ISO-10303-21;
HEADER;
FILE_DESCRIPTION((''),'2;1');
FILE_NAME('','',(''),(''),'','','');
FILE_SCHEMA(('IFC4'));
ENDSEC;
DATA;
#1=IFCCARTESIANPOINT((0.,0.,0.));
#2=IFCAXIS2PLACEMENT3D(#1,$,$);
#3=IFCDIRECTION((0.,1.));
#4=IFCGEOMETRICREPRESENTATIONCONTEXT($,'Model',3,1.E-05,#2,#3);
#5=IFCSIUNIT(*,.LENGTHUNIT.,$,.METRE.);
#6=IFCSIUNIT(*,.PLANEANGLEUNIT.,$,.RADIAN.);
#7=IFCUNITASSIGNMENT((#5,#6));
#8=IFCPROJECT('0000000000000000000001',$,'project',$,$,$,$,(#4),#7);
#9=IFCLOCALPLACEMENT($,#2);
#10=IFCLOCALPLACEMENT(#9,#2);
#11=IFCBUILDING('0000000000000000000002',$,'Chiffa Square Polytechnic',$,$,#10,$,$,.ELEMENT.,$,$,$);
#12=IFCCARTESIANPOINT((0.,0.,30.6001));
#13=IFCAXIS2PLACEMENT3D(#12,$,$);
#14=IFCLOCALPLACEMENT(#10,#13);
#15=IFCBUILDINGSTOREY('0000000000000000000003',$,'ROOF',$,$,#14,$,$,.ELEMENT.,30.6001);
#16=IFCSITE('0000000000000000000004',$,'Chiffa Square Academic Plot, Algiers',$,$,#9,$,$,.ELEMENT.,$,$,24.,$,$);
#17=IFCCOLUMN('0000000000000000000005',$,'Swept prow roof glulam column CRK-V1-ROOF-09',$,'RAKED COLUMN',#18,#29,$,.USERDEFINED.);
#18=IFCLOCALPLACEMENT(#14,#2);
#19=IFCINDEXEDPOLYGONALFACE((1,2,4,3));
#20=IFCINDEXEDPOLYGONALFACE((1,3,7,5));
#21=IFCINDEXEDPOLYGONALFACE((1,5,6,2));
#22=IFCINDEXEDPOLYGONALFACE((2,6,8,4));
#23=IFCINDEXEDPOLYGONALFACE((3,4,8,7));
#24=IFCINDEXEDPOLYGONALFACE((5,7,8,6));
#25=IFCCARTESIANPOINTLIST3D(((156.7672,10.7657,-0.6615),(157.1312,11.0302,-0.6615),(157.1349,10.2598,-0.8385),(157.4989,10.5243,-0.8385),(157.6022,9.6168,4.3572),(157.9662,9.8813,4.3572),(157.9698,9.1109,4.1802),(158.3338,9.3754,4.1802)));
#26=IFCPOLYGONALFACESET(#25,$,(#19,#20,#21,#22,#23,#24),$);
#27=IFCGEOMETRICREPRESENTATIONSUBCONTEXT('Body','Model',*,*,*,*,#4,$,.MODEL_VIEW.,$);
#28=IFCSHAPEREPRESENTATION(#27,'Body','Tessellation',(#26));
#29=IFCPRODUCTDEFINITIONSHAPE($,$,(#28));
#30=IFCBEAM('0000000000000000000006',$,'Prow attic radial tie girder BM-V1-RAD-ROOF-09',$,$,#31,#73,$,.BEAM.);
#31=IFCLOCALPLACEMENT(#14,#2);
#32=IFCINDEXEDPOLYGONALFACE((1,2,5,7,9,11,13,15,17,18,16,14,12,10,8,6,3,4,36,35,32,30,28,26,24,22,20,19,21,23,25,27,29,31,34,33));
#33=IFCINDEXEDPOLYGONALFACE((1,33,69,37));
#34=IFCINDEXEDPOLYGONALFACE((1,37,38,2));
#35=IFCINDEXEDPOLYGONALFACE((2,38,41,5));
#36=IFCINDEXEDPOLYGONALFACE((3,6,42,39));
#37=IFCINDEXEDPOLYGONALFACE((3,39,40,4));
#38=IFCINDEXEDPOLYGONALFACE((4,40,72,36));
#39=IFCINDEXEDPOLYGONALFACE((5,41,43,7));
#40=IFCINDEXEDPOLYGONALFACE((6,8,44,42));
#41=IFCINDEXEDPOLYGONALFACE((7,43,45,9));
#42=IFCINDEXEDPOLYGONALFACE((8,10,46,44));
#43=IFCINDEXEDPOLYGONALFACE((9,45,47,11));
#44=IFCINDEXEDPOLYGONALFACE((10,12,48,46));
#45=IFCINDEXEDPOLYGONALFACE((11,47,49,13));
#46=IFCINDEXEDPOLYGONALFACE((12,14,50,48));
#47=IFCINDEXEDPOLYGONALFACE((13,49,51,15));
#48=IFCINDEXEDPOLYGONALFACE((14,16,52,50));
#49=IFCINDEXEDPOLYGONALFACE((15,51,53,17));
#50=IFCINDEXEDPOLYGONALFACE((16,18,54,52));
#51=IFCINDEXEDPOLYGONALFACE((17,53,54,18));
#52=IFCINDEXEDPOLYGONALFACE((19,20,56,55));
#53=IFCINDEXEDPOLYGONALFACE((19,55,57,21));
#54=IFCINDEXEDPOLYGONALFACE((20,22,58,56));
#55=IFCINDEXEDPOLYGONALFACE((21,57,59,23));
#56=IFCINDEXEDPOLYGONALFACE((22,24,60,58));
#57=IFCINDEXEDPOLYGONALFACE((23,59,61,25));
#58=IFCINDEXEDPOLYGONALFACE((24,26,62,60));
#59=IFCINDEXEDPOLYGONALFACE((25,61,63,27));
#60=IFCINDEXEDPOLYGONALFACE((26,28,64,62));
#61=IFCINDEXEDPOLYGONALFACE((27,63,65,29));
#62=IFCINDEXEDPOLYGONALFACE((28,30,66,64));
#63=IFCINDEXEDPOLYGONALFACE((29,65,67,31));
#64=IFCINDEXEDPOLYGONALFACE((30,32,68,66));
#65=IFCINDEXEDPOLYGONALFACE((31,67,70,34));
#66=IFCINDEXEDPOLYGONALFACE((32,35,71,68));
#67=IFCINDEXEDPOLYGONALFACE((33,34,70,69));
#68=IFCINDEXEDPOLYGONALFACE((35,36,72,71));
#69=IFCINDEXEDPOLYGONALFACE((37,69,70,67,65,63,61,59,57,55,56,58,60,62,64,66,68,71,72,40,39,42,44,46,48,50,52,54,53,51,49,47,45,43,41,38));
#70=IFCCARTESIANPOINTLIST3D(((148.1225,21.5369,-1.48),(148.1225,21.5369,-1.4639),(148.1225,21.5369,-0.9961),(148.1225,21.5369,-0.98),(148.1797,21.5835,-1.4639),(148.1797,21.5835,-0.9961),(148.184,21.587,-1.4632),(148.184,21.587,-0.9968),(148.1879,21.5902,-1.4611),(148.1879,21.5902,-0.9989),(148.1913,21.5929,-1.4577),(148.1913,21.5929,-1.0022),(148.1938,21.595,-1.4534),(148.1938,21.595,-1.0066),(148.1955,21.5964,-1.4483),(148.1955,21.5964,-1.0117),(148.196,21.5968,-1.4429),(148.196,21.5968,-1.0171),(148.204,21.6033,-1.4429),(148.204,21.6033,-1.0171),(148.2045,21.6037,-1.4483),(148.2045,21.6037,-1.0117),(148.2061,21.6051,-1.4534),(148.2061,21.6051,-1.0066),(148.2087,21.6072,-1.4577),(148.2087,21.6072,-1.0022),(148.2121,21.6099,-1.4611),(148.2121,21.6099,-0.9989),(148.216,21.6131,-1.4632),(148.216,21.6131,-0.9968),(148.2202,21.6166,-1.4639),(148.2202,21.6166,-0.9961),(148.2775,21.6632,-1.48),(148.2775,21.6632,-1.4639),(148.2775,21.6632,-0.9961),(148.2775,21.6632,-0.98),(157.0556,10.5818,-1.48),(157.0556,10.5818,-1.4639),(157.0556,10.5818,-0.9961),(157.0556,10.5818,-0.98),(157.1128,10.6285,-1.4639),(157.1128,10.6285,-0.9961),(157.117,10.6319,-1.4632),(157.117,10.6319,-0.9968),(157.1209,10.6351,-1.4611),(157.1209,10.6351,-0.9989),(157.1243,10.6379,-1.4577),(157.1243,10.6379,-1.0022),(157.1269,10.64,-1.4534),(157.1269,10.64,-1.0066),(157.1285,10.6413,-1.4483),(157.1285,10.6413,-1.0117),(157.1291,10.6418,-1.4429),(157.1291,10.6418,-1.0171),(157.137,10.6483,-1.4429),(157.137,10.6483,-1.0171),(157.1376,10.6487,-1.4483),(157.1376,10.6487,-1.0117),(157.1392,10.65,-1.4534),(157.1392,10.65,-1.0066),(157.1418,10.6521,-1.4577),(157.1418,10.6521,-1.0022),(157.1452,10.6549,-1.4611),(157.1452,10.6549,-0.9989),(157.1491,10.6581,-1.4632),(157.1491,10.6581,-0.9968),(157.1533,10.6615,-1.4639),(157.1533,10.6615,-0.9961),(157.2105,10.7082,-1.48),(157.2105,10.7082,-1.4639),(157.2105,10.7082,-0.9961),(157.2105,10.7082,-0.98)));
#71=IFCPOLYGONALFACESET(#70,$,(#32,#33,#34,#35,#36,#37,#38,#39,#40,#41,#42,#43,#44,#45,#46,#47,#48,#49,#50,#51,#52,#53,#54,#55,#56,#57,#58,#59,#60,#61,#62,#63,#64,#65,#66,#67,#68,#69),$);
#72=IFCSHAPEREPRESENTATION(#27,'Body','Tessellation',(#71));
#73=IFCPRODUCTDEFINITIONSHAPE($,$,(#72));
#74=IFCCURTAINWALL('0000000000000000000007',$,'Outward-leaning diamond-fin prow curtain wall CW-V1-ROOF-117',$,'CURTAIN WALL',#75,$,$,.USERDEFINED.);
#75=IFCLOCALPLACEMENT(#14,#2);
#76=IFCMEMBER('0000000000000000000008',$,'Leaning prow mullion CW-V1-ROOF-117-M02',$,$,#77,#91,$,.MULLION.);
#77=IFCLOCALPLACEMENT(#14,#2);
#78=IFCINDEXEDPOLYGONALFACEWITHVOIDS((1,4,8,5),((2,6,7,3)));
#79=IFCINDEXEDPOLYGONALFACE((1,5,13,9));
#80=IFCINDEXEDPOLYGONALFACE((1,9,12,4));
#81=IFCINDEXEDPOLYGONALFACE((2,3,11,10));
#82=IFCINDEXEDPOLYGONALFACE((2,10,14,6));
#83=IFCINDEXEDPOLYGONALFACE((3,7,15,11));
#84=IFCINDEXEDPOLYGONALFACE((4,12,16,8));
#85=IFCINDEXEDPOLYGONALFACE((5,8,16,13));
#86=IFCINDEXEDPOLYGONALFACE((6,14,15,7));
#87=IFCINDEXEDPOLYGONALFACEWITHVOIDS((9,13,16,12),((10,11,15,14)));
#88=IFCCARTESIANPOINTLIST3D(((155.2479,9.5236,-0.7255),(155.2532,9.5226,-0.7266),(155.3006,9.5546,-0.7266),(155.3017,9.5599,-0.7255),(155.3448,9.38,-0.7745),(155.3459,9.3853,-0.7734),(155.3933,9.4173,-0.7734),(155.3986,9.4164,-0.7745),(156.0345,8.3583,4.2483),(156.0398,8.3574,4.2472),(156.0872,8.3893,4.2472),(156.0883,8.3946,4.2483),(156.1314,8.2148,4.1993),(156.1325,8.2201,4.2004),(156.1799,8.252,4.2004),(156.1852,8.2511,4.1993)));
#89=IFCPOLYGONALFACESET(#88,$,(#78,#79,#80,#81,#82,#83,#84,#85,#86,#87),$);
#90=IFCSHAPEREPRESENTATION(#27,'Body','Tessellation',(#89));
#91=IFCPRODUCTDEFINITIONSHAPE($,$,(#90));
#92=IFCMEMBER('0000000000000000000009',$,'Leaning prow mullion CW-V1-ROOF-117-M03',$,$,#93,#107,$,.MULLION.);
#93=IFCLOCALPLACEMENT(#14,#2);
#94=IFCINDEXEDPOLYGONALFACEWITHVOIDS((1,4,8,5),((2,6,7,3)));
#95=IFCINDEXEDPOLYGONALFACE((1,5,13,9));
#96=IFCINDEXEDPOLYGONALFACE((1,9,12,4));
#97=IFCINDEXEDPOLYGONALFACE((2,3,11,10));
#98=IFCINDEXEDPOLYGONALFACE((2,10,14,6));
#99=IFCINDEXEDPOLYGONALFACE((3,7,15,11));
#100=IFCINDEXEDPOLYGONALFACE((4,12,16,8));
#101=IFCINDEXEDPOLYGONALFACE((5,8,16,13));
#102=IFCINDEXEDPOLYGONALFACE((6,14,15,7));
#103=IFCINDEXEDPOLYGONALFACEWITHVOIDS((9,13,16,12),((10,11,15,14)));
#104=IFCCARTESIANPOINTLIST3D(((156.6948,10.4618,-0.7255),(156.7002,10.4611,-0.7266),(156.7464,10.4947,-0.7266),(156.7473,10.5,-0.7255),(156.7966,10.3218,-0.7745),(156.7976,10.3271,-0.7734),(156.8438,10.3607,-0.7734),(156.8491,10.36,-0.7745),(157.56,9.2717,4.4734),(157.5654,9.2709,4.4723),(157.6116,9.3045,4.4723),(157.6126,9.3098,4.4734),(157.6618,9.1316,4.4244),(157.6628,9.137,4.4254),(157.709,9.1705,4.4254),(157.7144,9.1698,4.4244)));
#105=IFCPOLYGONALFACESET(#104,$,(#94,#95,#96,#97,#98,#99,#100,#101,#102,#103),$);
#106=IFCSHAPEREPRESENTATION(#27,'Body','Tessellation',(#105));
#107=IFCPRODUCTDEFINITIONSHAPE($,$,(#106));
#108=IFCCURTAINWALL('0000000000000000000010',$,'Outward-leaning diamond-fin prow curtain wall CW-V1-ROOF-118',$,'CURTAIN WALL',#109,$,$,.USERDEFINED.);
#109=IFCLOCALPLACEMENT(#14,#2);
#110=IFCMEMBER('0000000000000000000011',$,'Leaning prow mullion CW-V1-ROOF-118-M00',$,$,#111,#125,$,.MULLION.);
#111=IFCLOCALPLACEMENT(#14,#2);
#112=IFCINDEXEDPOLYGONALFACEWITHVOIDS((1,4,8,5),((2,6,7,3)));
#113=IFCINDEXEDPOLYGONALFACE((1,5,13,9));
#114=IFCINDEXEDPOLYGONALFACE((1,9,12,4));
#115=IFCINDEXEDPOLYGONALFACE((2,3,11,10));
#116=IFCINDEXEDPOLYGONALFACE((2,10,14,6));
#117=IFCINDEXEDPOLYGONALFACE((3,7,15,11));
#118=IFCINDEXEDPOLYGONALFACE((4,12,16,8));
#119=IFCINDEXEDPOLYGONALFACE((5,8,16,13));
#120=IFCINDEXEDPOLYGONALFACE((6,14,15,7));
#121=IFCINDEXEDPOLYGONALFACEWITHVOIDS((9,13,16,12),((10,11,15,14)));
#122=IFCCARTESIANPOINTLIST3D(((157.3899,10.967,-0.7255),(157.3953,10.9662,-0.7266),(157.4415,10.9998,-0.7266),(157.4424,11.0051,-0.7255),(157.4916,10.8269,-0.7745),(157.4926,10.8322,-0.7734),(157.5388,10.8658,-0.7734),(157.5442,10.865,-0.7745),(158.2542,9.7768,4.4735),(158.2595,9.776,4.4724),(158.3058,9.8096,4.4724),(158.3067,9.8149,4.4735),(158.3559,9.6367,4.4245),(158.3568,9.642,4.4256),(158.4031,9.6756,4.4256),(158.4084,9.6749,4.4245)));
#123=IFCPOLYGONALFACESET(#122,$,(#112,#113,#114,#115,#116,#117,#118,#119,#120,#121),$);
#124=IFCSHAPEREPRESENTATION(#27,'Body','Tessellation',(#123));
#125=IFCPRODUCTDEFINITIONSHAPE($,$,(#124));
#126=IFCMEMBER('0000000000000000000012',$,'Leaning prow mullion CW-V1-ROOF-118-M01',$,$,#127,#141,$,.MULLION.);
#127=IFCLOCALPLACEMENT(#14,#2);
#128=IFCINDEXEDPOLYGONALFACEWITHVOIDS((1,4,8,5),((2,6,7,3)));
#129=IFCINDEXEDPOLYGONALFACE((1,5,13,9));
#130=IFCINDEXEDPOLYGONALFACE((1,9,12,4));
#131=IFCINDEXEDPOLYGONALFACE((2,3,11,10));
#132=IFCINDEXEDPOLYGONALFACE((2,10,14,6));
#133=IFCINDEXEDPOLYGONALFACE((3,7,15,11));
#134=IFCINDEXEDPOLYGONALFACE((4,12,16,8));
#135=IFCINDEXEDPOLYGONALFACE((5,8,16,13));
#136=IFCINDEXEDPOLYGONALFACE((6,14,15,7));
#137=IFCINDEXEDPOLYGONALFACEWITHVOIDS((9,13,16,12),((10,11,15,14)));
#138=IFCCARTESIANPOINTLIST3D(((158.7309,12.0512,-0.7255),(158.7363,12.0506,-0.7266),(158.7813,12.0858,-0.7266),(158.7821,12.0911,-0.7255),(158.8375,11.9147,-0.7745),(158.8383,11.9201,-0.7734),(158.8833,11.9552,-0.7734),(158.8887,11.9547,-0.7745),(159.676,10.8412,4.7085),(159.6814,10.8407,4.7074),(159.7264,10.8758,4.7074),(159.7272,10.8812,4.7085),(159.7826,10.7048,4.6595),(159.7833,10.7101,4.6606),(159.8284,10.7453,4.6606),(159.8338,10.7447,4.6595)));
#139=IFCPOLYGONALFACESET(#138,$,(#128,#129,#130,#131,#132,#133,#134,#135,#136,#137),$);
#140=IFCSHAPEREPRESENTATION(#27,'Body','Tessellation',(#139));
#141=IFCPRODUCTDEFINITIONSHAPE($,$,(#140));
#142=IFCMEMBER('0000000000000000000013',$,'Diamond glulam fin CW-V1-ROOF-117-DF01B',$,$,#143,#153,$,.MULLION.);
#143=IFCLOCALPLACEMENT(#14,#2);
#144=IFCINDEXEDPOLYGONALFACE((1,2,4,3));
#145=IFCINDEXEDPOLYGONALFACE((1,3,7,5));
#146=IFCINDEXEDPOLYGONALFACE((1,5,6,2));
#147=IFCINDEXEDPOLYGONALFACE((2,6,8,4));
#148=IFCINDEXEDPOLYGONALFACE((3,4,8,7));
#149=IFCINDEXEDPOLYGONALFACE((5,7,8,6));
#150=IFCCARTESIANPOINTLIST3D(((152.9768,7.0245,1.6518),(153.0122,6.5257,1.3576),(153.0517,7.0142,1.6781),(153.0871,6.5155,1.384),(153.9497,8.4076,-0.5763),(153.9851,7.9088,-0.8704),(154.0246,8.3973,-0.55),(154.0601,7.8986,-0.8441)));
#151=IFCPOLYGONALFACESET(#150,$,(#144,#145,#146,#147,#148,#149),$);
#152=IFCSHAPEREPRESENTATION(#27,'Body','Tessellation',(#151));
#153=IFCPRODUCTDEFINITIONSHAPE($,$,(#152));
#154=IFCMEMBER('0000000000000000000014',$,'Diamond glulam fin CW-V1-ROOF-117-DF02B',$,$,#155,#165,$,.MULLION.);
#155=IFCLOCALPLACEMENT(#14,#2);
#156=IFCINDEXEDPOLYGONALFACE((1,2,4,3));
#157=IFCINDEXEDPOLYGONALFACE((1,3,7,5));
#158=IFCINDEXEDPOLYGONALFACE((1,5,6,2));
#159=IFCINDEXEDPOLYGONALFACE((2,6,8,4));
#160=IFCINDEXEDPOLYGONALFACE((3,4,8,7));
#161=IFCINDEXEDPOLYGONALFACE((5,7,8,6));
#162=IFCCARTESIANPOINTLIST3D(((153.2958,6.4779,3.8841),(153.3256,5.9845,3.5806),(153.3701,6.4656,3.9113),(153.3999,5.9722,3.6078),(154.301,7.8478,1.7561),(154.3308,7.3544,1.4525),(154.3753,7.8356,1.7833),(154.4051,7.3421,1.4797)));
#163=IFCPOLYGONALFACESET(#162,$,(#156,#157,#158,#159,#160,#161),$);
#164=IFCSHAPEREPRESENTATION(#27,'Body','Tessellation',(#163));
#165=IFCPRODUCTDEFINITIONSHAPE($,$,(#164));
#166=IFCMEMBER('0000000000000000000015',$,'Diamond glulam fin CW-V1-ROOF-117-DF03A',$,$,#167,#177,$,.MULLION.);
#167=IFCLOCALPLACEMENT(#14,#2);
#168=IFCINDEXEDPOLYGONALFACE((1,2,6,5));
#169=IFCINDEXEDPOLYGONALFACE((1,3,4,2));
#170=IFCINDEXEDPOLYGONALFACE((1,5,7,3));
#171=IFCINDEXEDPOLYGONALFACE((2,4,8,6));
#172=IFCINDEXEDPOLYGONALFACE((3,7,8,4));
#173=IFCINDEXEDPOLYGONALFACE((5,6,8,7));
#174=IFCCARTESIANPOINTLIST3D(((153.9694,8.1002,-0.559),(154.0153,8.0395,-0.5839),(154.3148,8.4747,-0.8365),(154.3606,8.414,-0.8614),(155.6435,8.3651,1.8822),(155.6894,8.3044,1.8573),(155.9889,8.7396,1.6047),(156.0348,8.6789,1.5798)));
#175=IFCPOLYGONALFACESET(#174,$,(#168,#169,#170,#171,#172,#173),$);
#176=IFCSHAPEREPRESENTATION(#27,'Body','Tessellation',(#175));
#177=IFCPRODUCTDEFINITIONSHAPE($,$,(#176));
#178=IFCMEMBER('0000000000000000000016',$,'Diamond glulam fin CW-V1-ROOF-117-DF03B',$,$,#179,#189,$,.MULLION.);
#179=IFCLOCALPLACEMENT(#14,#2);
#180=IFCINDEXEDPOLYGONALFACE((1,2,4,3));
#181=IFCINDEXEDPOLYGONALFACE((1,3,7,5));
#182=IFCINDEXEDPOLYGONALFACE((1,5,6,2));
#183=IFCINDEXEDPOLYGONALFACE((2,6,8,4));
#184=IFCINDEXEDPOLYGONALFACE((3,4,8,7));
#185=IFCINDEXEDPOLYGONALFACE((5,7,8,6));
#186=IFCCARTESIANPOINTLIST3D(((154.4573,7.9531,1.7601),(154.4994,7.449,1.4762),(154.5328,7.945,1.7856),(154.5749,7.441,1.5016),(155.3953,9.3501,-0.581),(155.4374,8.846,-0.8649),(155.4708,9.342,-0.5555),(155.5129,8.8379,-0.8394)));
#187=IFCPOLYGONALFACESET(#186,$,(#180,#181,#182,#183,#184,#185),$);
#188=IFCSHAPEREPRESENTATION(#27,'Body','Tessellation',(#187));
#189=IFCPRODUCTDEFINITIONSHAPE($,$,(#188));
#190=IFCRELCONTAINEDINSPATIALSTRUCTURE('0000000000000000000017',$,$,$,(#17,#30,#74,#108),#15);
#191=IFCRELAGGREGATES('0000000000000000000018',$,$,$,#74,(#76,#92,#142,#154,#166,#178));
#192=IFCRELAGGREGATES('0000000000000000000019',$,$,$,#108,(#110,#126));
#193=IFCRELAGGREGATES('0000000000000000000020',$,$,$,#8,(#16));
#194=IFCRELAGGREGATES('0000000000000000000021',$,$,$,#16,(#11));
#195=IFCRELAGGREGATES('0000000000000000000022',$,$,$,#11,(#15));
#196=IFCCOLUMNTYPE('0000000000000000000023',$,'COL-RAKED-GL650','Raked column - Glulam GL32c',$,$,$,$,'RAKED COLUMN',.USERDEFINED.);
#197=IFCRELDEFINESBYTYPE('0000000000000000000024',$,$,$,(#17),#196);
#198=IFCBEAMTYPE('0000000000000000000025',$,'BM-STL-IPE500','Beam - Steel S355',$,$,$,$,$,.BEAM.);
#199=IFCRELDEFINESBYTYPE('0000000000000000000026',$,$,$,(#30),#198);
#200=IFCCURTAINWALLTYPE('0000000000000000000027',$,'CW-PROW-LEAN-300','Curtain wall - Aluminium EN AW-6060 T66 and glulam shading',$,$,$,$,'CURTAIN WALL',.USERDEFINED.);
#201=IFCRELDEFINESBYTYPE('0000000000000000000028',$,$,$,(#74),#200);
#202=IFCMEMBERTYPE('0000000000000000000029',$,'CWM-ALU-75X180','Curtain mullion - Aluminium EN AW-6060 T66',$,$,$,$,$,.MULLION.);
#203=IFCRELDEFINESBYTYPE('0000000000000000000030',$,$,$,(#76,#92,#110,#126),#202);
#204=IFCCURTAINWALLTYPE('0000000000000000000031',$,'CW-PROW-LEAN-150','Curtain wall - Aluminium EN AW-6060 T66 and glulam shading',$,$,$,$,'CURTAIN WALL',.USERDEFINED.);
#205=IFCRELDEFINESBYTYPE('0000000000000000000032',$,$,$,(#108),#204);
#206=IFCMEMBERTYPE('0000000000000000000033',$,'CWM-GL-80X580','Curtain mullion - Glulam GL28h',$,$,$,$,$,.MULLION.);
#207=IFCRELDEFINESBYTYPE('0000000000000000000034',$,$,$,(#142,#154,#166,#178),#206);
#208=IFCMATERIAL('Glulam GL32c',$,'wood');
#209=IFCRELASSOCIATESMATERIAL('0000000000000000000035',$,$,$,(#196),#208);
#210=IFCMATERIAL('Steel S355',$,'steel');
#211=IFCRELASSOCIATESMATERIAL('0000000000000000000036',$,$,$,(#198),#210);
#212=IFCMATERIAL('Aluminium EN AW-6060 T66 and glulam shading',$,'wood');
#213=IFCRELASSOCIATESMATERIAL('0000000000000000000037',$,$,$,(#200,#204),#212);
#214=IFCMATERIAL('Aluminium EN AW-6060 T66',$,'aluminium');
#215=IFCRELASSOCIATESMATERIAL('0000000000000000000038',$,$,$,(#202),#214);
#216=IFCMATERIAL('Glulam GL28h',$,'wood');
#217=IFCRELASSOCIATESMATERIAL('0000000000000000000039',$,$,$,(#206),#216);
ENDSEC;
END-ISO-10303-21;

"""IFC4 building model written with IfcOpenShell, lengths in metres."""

from ifc_helpers import new_model, si_unit, direction, frame, origin, origin_2d, place, context, subcontext, project, spatial, rectangle, hollow_rectangle, i_section, extrude, material, material_profile, profile_set, type_object, element, aggregate, save


model = new_model("IFC4")

# Units and contexts
model_context = context("Model", 3, precision=1e-05, world=origin(), true_north=direction((0.0, 1.0)))
body_context = subcontext(model_context, "Body", "Model", "MODEL_VIEW")
ifc_project = project(units=[si_unit("LENGTHUNIT", "METRE"), si_unit("PLANEANGLEUNIT", "RADIAN")], contexts=[model_context])

# Site, building, storey
site_placement = place(None, origin())
site = spatial("IfcSite", under=ifc_project, at=site_placement, Name="Chiffa Square Academic Plot, Algiers", CompositionType="ELEMENT", RefElevation=24.0)
building_placement = place(site_placement, origin())
building = spatial("IfcBuilding", under=site, at=building_placement, Name="Chiffa Square Polytechnic", CompositionType="ELEMENT")
storey_placement = place(building_placement, frame((0.0, 0.0, 30.6001)))
storey = spatial("IfcBuildingStorey", under=building, at=storey_placement, Name="ROOF", CompositionType="ELEMENT", Elevation=30.6001)

# Column
ifc_material_1 = material(Name="Glulam GL32c", Category="wood")
ifc_material_profile_1 = material_profile(ifc_material_1, rectangle(XDim=0.45, YDim=0.6499, at=origin_2d()), Name="GL32c 450x650")
ifc_profile_set_1 = profile_set([ifc_material_profile_1], Name="Glulam GL32c")
column_type = type_object("IfcColumnType", Name="COL-RAKED-GL650", Description="Raked column - Glulam GL32c", ElementType="RAKED COLUMN", PredefinedType="USERDEFINED", material=ifc_profile_set_1)
column_placement = place(storey_placement, frame((157.1331, 10.645, -0.75), z_axis=(0.16008, -0.220274, 0.962213), x_axis=(0.808944, 0.587885, 0.0)))
element("IfcColumn", 1, at=column_placement, inside=storey, type_object=column_type, Name="Swept prow roof glulam column CRK-V1-ROOF-09", ObjectType="RAKED COLUMN", PredefinedType="USERDEFINED", context=body_context, shape_type="SweptSolid", body=[
    extrude(rectangle(XDim=0.45, YDim=0.6499, at=origin_2d()), origin(), (0.0, 0.0, 1.0), 5.2158),
])

# Beam
ifc_material_2 = material(Name="Steel S355", Category="steel")
ifc_material_profile_2 = material_profile(ifc_material_2, i_section(OverallWidth=0.2, OverallDepth=0.5, WebThickness=0.0103, FlangeThickness=0.0161, FilletRadius=0.021, at=origin_2d()), Name="IPE 500")
ifc_profile_set_2 = profile_set([ifc_material_profile_2], Name="Steel S355")
beam_type_1 = type_object("IfcBeamType", Name="BM-STL-IPE500", Description="Beam - Steel S355", PredefinedType="BEAM", material=ifc_profile_set_2)
beam_1_placement = place(storey_placement, frame((157.1331, 10.645, -1.23), z_axis=(-0.63196, 0.775001, 0.0), x_axis=(-0.775001, -0.63196, 0.0)))
element("IfcBeam", 2, at=beam_1_placement, inside=storey, type_object=beam_type_1, Name="Prow attic radial tie girder BM-V1-RAD-ROOF-09", PredefinedType="BEAM", context=body_context, shape_type="SweptSolid", body=[
    extrude(i_section(OverallWidth=0.2, OverallDepth=0.5, WebThickness=0.0103, FlangeThickness=0.0161, FilletRadius=0.021, at=origin_2d()), origin(), (0.0, 0.0, 1.0), 14.1355),
])

# Curtain walls, members
ifc_material_3 = material(Name="Aluminium EN AW-6060 T66 and glulam shading", Category="wood")
curtain_wall_type_1 = type_object("IfcCurtainWallType", Name="CW-PROW-LEAN-300", Description="Curtain wall - Aluminium EN AW-6060 T66 and glulam shading", ElementType="CURTAIN WALL", PredefinedType="USERDEFINED", material=ifc_material_3)
curtain_wall_1_placement = place(storey_placement, origin())
curtain_wall_1 = element("IfcCurtainWall", 3, at=curtain_wall_1_placement, inside=storey, type_object=curtain_wall_type_1, Name="Outward-leaning diamond-fin prow curtain wall CW-V1-ROOF-117", ObjectType="CURTAIN WALL", PredefinedType="USERDEFINED")
ifc_material_4 = material(Name="Aluminium EN AW-6060 T66", Category="aluminium")
ifc_material_profile_3 = material_profile(ifc_material_4, hollow_rectangle(XDim=0.0649, YDim=0.1799, WallThickness=0.0039, at=origin_2d()), Name="ALU 65x180x4")
ifc_profile_set_3 = profile_set([ifc_material_profile_3], Name="Aluminium EN AW-6060 T66")
member_type_1 = type_object("IfcMemberType", Name="CWM-ALU-75X180", Description="Curtain mullion - Aluminium EN AW-6060 T66", PredefinedType="MULLION", material=ifc_profile_set_3)
member_1_placement = place(storey_placement, frame((155.3232, 9.47, -0.75), z_axis=(0.152187, -0.225447, 0.962295), x_axis=(0.828831, 0.5595, 0.0)))
member_1 = element("IfcMember", 4, at=member_1_placement, type_object=member_type_1, Name="Leaning prow mullion CW-V1-ROOF-117-M02", PredefinedType="MULLION", context=body_context, shape_type="SweptSolid", body=[
    extrude(hollow_rectangle(XDim=0.0649, YDim=0.1799, WallThickness=0.0039, at=origin_2d()), origin(), (0.0, 0.0, 1.0), 5.1687),
])
member_2_placement = place(storey_placement, frame((156.772, 10.4109, -0.75), z_axis=(0.160134, -0.220274, 0.962204), x_axis=(0.808851, 0.588014, 0.0)))
member_2 = element("IfcMember", 5, at=member_2_placement, type_object=member_type_1, Name="Leaning prow mullion CW-V1-ROOF-117-M03", PredefinedType="MULLION", context=body_context, shape_type="SweptSolid", body=[
    extrude(hollow_rectangle(XDim=0.0649, YDim=0.1799, WallThickness=0.0039, at=origin_2d()), origin(), (0.0, 0.0, 1.0), 5.4031),
])
curtain_wall_type_2 = type_object("IfcCurtainWallType", Name="CW-PROW-LEAN-150", Description="Curtain wall - Aluminium EN AW-6060 T66 and glulam shading", ElementType="CURTAIN WALL", PredefinedType="USERDEFINED", material=ifc_material_3)
curtain_wall_2_placement = place(storey_placement, origin())
curtain_wall_2 = element("IfcCurtainWall", 6, at=curtain_wall_2_placement, inside=storey, type_object=curtain_wall_type_2, Name="Outward-leaning diamond-fin prow curtain wall CW-V1-ROOF-118", ObjectType="CURTAIN WALL", PredefinedType="USERDEFINED")
member_3_placement = place(storey_placement, frame((157.467, 10.916, -0.75), z_axis=(0.159958, -0.220281, 0.962232), x_axis=(0.809167, 0.587579, 0.0)))
member_3 = element("IfcMember", 7, at=member_3_placement, type_object=member_type_1, Name="Leaning prow mullion CW-V1-ROOF-118-M00", PredefinedType="MULLION", context=body_context, shape_type="SweptSolid", body=[
    extrude(hollow_rectangle(XDim=0.0649, YDim=0.1799, WallThickness=0.0039, at=origin_2d()), origin(), (0.0, 0.0, 1.0), 5.4031),
])
member_4_placement = place(storey_placement, frame((158.8098, 12.0029, -0.75), z_axis=(0.167363, -0.214274, 0.962329), x_axis=(0.788092, 0.615558, 0.0)))
member_4 = element("IfcMember", 8, at=member_4_placement, type_object=member_type_1, Name="Leaning prow mullion CW-V1-ROOF-118-M01", PredefinedType="MULLION", context=body_context, shape_type="SweptSolid", body=[
    extrude(hollow_rectangle(XDim=0.0649, YDim=0.1799, WallThickness=0.0039, at=origin_2d()), origin(), (0.0, 0.0, 1.0), 5.6467),
])

# Members
ifc_material_5 = material(Name="Glulam GL28h", Category="wood")
ifc_material_profile_4 = material_profile(ifc_material_5, rectangle(XDim=0.0801, YDim=0.5801, at=origin_2d()), Name="GL28h 80x580")
ifc_profile_set_4 = profile_set([ifc_material_profile_4], Name="Glulam GL28h")
member_type_2 = type_object("IfcMemberType", Name="CWM-GL-80X580", Description="Curtain mullion - Glulam GL28h", PredefinedType="MULLION", material=ifc_profile_set_4)
member_5_placement = place(storey_placement, frame((154.0049, 8.1531, -0.7102), z_axis=(-0.347831, -0.49447, 0.796563), x_axis=(0.935564, -0.127689, 0.329264)))
member_5 = element("IfcMember", 9, at=member_5_placement, type_object=member_type_2, Name="Diamond glulam fin CW-V1-ROOF-117-DF01B", PredefinedType="MULLION", context=body_context, shape_type="SweptSolid", body=[
    extrude(rectangle(XDim=0.0801, YDim=0.5801, at=origin_2d()), origin(), (0.0, 0.0, 1.0), 2.7971),
])
member_6_placement = place(storey_placement, frame((154.353, 7.595, 1.6179), z_axis=(-0.36912, -0.503069, 0.781455), x_axis=(0.927959, -0.152988, 0.339834)))
member_6 = element("IfcMember", 10, at=member_6_placement, type_object=member_type_2, Name="Diamond glulam fin CW-V1-ROOF-117-DF02B", PredefinedType="MULLION", context=body_context, shape_type="SweptSolid", body=[
    extrude(rectangle(XDim=0.0801, YDim=0.5801, at=origin_2d()), origin(), (0.0, 0.0, 1.0), 2.7231),
])
member_7_placement = place(storey_placement, frame((154.165, 8.2571, -0.7102), z_axis=(0.563308, 0.089134, 0.821425), x_axis=(-0.572957, 0.758444, 0.310616)))
member_7 = element("IfcMember", 11, at=member_7_placement, type_object=member_type_2, Name="Diamond glulam fin CW-V1-ROOF-117-DF03A", PredefinedType="MULLION", context=body_context, shape_type="SweptSolid", body=[
    extrude(rectangle(XDim=0.0801, YDim=0.5801, at=origin_2d()), origin(), (0.0, 0.0, 1.0), 2.9719),
])
member_8_placement = place(storey_placement, frame((155.4541, 9.094, -0.7102), z_axis=(-0.325347, -0.484548, 0.812012), x_axis=(0.942808, -0.100345, 0.317874)))
member_8 = element("IfcMember", 12, at=member_8_placement, type_object=member_type_2, Name="Diamond glulam fin CW-V1-ROOF-117-DF03B", PredefinedType="MULLION", context=body_context, shape_type="SweptSolid", body=[
    extrude(rectangle(XDim=0.0801, YDim=0.5801, at=origin_2d()), origin(), (0.0, 0.0, 1.0), 2.8831),
])

aggregate(curtain_wall_1, [member_1, member_2, member_5, member_6, member_7, member_8])
aggregate(curtain_wall_2, [member_3, member_4])

save(model, "model.ifc")
